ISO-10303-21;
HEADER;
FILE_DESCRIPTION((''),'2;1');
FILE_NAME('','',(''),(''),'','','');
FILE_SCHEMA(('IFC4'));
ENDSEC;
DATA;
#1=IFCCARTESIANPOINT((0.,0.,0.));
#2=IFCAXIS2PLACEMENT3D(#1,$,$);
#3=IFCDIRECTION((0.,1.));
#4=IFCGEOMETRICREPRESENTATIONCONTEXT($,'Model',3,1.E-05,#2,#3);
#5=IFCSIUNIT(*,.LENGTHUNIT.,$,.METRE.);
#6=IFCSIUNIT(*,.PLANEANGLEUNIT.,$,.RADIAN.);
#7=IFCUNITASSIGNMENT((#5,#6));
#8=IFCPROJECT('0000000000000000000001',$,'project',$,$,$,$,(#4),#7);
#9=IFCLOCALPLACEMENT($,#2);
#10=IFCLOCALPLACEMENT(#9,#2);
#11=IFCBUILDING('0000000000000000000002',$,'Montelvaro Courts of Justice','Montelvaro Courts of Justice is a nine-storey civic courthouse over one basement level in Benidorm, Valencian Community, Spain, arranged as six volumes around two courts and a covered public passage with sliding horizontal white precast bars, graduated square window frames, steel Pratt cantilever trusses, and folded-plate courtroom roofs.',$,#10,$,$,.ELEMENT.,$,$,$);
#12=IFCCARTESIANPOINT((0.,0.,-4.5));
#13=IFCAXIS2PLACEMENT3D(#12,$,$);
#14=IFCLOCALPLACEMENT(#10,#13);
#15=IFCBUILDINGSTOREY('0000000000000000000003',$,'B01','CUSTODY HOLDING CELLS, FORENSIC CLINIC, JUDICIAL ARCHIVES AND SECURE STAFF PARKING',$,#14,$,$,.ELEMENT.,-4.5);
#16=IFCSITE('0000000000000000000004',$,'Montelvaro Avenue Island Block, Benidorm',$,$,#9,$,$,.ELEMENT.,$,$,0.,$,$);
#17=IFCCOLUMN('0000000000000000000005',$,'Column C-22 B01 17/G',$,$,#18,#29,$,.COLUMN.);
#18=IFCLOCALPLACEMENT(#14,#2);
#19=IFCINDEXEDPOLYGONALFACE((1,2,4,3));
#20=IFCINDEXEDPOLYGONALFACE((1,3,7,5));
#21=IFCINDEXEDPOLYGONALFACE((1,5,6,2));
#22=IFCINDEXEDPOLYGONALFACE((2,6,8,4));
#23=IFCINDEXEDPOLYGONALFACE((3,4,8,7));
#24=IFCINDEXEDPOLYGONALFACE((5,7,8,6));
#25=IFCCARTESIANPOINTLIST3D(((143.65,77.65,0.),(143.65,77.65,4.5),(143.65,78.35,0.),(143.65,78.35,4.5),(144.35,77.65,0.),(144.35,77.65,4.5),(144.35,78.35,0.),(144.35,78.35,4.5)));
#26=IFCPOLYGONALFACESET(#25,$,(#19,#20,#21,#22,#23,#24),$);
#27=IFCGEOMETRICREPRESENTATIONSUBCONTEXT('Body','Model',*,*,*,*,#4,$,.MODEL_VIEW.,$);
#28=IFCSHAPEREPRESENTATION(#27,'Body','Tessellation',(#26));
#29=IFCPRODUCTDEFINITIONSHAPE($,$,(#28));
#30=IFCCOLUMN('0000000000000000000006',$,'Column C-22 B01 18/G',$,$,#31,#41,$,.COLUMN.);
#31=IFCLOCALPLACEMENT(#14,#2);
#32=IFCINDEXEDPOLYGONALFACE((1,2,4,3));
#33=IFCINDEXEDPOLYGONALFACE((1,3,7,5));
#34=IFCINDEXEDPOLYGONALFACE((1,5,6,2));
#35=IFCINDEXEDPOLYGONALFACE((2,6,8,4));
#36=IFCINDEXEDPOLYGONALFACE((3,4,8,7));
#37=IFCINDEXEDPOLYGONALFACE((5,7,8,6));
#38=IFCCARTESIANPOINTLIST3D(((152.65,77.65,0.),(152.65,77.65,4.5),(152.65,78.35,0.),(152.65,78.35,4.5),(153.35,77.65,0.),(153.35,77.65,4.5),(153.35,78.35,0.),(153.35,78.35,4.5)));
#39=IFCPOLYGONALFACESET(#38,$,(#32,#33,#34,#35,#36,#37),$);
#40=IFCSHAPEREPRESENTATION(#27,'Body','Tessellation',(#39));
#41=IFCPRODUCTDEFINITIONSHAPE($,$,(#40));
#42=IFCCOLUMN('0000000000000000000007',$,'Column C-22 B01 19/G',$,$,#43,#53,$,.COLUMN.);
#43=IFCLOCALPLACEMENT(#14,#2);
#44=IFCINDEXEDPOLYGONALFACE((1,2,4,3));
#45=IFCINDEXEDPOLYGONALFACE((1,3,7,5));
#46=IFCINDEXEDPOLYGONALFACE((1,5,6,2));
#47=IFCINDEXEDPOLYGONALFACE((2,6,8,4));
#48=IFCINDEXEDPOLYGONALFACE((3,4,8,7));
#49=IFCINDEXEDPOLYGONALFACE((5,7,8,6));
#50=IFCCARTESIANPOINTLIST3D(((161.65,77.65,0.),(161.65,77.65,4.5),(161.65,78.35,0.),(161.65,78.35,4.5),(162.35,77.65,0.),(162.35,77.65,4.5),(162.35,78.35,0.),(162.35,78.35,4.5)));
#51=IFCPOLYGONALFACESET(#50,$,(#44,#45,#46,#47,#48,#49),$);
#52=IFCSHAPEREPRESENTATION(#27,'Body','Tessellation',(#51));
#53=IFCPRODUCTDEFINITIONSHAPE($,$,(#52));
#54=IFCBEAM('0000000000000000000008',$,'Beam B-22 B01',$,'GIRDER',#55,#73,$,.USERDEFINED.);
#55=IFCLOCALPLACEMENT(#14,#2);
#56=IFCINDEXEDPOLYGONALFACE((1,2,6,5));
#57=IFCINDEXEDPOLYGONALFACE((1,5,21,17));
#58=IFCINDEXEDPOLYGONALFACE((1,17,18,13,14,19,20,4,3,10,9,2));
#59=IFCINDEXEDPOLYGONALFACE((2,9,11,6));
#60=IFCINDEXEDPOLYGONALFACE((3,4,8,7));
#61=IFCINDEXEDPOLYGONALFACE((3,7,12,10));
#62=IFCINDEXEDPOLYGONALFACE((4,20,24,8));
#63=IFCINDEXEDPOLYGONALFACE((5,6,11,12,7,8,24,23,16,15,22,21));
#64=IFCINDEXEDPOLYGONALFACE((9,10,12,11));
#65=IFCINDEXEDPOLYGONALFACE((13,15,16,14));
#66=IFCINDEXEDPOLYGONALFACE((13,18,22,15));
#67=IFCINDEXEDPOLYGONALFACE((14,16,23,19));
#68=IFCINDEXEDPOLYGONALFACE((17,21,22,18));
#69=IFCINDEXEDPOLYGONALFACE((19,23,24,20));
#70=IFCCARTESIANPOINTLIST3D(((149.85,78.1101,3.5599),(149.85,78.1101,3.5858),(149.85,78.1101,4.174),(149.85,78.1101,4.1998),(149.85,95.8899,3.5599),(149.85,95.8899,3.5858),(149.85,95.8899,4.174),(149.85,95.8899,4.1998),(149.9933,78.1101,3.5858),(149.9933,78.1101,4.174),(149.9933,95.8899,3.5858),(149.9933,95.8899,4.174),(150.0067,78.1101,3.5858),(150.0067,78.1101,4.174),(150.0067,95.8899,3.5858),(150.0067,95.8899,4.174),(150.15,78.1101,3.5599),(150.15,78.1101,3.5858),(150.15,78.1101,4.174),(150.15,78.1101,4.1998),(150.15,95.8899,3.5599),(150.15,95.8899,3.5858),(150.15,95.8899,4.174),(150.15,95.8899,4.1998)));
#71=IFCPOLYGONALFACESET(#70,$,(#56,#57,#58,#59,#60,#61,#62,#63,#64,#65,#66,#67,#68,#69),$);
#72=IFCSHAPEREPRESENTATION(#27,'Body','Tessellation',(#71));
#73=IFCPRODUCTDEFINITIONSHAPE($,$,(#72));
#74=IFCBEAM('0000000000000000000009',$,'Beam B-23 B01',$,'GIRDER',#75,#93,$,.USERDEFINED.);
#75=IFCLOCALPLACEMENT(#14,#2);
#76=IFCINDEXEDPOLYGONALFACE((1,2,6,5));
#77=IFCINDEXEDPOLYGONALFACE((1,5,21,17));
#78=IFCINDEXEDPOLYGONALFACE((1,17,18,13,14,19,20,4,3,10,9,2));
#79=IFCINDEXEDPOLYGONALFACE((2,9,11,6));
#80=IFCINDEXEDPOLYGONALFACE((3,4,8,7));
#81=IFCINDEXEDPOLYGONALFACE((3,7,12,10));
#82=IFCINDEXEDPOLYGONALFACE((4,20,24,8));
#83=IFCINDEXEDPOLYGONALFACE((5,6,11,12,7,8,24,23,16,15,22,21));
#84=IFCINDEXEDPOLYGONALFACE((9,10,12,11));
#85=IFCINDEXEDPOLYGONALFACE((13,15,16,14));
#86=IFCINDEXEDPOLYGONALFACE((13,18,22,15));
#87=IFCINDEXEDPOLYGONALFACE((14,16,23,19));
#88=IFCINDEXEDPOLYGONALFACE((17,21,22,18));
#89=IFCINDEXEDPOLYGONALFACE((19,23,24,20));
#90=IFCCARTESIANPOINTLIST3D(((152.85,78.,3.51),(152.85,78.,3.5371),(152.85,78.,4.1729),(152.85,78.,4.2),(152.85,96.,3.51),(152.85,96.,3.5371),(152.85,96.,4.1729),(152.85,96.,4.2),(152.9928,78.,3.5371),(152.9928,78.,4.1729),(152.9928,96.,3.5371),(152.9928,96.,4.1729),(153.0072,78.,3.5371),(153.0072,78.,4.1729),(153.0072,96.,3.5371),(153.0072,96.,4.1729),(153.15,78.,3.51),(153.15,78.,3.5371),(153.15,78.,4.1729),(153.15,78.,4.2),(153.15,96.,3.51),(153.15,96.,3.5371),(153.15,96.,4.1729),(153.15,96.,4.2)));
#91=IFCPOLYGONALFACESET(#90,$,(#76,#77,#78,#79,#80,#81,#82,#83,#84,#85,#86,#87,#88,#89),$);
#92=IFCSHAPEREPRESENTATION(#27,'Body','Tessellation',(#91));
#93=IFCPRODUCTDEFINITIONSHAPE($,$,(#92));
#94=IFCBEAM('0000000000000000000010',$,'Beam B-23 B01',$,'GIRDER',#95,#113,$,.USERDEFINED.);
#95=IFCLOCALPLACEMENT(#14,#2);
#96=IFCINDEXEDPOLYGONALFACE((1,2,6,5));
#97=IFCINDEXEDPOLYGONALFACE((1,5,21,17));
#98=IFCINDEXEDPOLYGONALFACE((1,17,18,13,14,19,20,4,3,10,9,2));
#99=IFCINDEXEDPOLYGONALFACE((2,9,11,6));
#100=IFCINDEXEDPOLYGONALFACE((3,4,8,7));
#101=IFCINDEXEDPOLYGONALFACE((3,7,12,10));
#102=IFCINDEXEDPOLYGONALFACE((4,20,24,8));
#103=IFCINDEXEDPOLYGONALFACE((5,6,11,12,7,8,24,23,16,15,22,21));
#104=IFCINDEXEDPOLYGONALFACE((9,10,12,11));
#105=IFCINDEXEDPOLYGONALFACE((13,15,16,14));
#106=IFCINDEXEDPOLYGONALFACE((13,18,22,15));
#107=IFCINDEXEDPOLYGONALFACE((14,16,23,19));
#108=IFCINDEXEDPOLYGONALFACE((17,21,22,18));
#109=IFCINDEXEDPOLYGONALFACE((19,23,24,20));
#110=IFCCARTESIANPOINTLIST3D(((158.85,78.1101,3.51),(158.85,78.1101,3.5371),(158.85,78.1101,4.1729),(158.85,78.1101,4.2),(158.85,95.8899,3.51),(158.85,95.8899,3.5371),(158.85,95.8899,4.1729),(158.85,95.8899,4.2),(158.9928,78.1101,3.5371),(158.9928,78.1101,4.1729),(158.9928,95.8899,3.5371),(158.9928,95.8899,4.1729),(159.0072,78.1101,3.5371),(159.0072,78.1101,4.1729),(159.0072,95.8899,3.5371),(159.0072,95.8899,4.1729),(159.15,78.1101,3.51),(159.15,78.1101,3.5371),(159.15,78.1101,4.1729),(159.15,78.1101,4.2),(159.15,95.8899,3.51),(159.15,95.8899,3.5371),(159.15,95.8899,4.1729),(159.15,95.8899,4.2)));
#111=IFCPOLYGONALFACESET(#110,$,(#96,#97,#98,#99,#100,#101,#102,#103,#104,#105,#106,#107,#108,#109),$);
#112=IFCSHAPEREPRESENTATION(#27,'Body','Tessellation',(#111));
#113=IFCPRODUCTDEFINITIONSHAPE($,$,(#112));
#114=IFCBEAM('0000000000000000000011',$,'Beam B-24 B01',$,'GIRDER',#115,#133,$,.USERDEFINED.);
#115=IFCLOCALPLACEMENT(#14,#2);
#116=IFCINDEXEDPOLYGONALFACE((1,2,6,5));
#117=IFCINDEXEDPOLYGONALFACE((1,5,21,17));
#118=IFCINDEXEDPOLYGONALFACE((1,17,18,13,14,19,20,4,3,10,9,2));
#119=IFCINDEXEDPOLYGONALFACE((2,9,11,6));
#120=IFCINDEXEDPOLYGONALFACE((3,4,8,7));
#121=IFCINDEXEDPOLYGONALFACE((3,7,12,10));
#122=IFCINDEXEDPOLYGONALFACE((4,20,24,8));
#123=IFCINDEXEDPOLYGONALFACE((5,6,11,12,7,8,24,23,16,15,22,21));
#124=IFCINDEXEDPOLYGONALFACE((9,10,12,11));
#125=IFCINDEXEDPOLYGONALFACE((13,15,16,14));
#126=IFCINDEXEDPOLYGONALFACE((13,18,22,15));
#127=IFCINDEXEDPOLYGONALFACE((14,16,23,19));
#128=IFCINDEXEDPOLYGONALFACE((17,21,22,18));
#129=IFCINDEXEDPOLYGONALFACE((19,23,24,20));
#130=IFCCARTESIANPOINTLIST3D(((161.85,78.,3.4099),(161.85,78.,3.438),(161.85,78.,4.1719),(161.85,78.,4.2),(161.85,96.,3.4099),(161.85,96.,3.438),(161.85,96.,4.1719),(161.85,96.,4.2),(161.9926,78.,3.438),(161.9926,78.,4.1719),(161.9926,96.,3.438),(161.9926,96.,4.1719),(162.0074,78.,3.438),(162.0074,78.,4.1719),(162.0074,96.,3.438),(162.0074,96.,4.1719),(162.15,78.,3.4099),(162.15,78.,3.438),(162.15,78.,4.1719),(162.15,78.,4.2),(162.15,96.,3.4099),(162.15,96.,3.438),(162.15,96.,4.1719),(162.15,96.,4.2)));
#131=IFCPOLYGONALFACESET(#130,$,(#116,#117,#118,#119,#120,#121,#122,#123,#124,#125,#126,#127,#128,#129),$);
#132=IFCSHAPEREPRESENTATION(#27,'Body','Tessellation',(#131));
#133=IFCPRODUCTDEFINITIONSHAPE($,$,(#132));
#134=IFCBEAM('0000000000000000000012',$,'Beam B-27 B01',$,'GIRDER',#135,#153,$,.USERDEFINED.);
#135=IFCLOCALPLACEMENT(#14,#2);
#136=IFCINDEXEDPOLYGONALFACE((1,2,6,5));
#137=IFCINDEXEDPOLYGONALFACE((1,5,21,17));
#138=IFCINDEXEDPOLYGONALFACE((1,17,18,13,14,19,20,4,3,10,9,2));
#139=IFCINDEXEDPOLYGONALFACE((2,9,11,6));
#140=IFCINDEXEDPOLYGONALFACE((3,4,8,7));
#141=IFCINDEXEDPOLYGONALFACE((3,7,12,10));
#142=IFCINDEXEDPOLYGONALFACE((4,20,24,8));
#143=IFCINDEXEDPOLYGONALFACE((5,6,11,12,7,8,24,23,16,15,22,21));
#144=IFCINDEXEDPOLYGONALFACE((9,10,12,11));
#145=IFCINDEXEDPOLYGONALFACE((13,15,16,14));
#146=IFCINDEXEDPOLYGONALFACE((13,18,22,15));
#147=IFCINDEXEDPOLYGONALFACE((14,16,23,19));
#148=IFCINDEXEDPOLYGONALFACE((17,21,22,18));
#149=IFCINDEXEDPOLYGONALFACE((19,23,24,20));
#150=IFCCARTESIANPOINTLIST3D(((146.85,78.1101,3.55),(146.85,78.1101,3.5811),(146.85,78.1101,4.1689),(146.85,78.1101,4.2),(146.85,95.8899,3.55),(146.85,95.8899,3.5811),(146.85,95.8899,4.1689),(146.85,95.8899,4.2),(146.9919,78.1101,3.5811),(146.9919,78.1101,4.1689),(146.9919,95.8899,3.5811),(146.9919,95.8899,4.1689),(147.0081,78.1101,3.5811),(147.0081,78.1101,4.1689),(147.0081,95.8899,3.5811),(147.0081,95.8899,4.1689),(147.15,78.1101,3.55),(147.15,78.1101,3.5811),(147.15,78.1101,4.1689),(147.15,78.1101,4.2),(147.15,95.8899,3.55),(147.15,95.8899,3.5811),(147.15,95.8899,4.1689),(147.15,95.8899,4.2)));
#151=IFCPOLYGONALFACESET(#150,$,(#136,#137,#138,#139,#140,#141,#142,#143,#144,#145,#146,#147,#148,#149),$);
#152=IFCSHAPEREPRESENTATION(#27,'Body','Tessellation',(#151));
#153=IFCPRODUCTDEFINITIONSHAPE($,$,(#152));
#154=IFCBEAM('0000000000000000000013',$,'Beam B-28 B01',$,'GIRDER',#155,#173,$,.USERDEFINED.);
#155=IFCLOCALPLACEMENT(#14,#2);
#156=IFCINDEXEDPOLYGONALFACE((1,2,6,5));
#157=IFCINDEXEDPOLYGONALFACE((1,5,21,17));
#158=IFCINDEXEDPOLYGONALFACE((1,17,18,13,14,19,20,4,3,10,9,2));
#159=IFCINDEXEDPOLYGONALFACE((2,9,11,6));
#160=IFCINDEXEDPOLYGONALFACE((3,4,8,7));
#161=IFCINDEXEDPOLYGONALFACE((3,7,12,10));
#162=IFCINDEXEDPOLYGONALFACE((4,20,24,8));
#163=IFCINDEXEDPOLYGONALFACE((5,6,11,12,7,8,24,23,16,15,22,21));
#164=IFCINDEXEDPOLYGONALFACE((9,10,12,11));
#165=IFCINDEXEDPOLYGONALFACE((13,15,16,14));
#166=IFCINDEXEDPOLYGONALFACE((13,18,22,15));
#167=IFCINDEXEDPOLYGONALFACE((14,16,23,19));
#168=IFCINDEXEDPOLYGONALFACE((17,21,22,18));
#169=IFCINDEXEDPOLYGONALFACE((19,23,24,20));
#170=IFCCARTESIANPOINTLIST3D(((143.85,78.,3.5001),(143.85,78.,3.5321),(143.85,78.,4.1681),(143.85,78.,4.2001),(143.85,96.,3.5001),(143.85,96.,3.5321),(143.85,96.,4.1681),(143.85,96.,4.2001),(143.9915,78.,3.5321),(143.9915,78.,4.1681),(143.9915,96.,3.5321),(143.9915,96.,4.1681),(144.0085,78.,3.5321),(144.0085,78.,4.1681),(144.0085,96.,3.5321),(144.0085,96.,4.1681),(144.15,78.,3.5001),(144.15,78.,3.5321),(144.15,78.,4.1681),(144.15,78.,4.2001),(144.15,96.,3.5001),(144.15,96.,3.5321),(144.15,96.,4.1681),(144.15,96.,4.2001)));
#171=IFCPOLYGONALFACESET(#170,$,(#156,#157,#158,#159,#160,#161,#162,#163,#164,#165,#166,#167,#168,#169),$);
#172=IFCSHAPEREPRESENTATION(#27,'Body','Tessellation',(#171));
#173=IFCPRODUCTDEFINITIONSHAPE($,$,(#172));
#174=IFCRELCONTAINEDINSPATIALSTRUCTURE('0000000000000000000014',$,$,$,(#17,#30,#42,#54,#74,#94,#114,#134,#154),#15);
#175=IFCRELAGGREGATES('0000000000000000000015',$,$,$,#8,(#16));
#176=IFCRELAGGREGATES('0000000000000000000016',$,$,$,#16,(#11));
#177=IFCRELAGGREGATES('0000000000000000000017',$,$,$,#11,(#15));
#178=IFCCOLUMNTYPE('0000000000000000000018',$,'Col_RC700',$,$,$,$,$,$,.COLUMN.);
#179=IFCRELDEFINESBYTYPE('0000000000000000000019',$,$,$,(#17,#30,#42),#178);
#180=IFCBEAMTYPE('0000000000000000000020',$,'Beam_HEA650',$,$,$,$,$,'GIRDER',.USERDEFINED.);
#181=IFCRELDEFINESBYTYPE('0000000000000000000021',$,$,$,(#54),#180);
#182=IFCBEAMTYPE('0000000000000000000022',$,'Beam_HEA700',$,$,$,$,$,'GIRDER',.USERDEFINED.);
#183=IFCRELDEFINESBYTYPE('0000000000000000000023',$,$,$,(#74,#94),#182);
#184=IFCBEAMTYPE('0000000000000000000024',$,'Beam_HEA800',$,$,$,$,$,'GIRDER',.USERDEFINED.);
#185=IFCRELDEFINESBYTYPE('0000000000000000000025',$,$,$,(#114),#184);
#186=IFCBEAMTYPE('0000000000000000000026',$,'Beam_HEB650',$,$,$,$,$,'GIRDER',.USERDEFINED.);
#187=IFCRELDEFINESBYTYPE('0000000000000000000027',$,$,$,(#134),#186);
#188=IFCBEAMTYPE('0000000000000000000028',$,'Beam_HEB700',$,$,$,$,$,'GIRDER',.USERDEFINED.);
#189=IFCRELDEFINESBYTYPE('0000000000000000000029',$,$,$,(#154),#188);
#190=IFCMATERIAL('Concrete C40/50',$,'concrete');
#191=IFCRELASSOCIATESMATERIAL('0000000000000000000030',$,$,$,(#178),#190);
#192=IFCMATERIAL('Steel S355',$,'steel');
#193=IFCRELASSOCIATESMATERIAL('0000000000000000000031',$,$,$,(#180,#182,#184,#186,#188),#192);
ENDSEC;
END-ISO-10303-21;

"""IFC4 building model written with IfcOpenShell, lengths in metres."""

from ifc_helpers import new_model, si_unit, direction, frame, origin, origin_2d, place, context, subcontext, project, spatial, rectangle, i_section, extrude, material, material_profile, profile_set, type_object, element, save


model = new_model("IFC4")

# Units and contexts
model_context = context("Model", 3, precision=1e-05, world=origin(), true_north=direction((0.0, 1.0)))
body_context = subcontext(model_context, "Body", "Model", "MODEL_VIEW")
ifc_project = project(units=[si_unit("LENGTHUNIT", "METRE"), si_unit("PLANEANGLEUNIT", "RADIAN")], contexts=[model_context])

# Site, building, storey
site_placement = place(None, origin())
site = spatial("IfcSite", under=ifc_project, at=site_placement, Name="Montelvaro Avenue Island Block, Benidorm", CompositionType="ELEMENT", RefElevation=0.0)
building_placement = place(site_placement, origin())
building = spatial("IfcBuilding", under=site, at=building_placement, Name="Montelvaro Courts of Justice", Description="Montelvaro Courts of Justice is a nine-storey civic courthouse over one basement level in Benidorm, Valencian Community, Spain, arranged as six volumes around two courts and a covered public passage with sliding horizontal white precast bars, graduated square window frames, steel Pratt cantilever trusses, and folded-plate courtroom roofs.", CompositionType="ELEMENT")
storey_placement = place(building_placement, frame((0.0, 0.0, -4.5)))
storey = spatial("IfcBuildingStorey", under=building, at=storey_placement, Name="B01", Description="CUSTODY HOLDING CELLS, FORENSIC CLINIC, JUDICIAL ARCHIVES AND SECURE STAFF PARKING", CompositionType="ELEMENT", Elevation=-4.5)

# Columns
ifc_material_1 = material(Name="Concrete C40/50", Category="concrete")
ifc_material_profile_1 = material_profile(ifc_material_1, rectangle(XDim=0.7, YDim=0.7, at=origin_2d()), Name="RC 700x700")
ifc_profile_set_1 = profile_set([ifc_material_profile_1], Name="Concrete C40/50")
column_type = type_object("IfcColumnType", Name="Col_RC700", PredefinedType="COLUMN", material=ifc_profile_set_1)
for number, where, z_axis, x_axis, name in (
    (1, (144.0, 78.0, 0.0), (0.0, 0.0, 1.0), (1.0, 0.0, 0.0), "Column C-22 B01 17/G"),
    (2, (153.0, 78.0, 0.0), (0.0, 0.0, 1.0), (1.0, 0.0, 0.0), "Column C-22 B01 18/G"),
    (3, (162.0, 78.0, 0.0), (0.0, 0.0, 1.0), (1.0, 0.0, 0.0), "Column C-22 B01 19/G"),
):
    element("IfcColumn", number, at=place(storey_placement, frame(where, z_axis=z_axis, x_axis=x_axis)), inside=storey, type_object=column_type, Name=name, PredefinedType="COLUMN", context=body_context, shape_type="SweptSolid", body=[
        extrude(rectangle(XDim=0.7, YDim=0.7, at=origin_2d()), origin(), (0.0, 0.0, 1.0), 4.5),
    ])

# Beams
ifc_material_2 = material(Name="Steel S355", Category="steel")
ifc_material_profile_2 = material_profile(ifc_material_2, i_section(OverallWidth=0.3, OverallDepth=0.6399, WebThickness=0.0134, FlangeThickness=0.0259, at=origin_2d()), Name="HEA 650")
ifc_profile_set_2 = profile_set([ifc_material_profile_2], Name="Steel S355")
beam_type_1 = type_object("IfcBeamType", Name="Beam_HEA650", ElementType="GIRDER", PredefinedType="USERDEFINED", material=ifc_profile_set_2)
beam_1_placement = place(storey_placement, frame((150.0, 78.1101, 3.8799), z_axis=(0.0, 1.0, 0.0), x_axis=(-1.0, 0.0, 0.0)))
element("IfcBeam", 4, at=beam_1_placement, inside=storey, type_object=beam_type_1, Name="Beam B-22 B01", ObjectType="GIRDER", PredefinedType="USERDEFINED", context=body_context, shape_type="SweptSolid", body=[
    extrude(i_section(OverallWidth=0.3, OverallDepth=0.6399, WebThickness=0.0134, FlangeThickness=0.0259, at=origin_2d()), origin(), (0.0, 0.0, 1.0), 17.7798),
])
ifc_material_profile_3 = material_profile(ifc_material_2, i_section(OverallWidth=0.3, OverallDepth=0.6899, WebThickness=0.0144, FlangeThickness=0.0271, at=origin_2d()), Name="HEA 700")
ifc_profile_set_3 = profile_set([ifc_material_profile_3], Name="Steel S355")
beam_type_2 = type_object("IfcBeamType", Name="Beam_HEA700", ElementType="GIRDER", PredefinedType="USERDEFINED", material=ifc_profile_set_3)
beam_2_placement = place(storey_placement, frame((153.0, 78.0, 3.855), z_axis=(0.0, 1.0, 0.0), x_axis=(-1.0, 0.0, 0.0)))
element("IfcBeam", 5, at=beam_2_placement, inside=storey, type_object=beam_type_2, Name="Beam B-23 B01", ObjectType="GIRDER", PredefinedType="USERDEFINED", context=body_context, shape_type="SweptSolid", body=[
    extrude(i_section(OverallWidth=0.3, OverallDepth=0.6899, WebThickness=0.0144, FlangeThickness=0.0271, at=origin_2d()), origin(), (0.0, 0.0, 1.0), 18.0),
])
beam_3_placement = place(storey_placement, frame((159.0, 78.1101, 3.855), z_axis=(0.0, 1.0, 0.0), x_axis=(-1.0, 0.0, 0.0)))
element("IfcBeam", 6, at=beam_3_placement, inside=storey, type_object=beam_type_2, Name="Beam B-23 B01", ObjectType="GIRDER", PredefinedType="USERDEFINED", context=body_context, shape_type="SweptSolid", body=[
    extrude(i_section(OverallWidth=0.3, OverallDepth=0.6899, WebThickness=0.0144, FlangeThickness=0.0271, at=origin_2d()), origin(), (0.0, 0.0, 1.0), 17.7798),
])
ifc_material_profile_4 = material_profile(ifc_material_2, i_section(OverallWidth=0.3, OverallDepth=0.79, WebThickness=0.0149, FlangeThickness=0.0281, at=origin_2d()), Name="HEA 800")
ifc_profile_set_4 = profile_set([ifc_material_profile_4], Name="Steel S355")
beam_type_3 = type_object("IfcBeamType", Name="Beam_HEA800", ElementType="GIRDER", PredefinedType="USERDEFINED", material=ifc_profile_set_4)
beam_4_placement = place(storey_placement, frame((162.0, 78.0, 3.8049), z_axis=(0.0, 1.0, 0.0), x_axis=(-1.0, 0.0, 0.0)))
element("IfcBeam", 7, at=beam_4_placement, inside=storey, type_object=beam_type_3, Name="Beam B-24 B01", ObjectType="GIRDER", PredefinedType="USERDEFINED", context=body_context, shape_type="SweptSolid", body=[
    extrude(i_section(OverallWidth=0.3, OverallDepth=0.79, WebThickness=0.0149, FlangeThickness=0.0281, at=origin_2d()), origin(), (0.0, 0.0, 1.0), 18.0),
])
ifc_material_profile_5 = material_profile(ifc_material_2, i_section(OverallWidth=0.3, OverallDepth=0.6499, WebThickness=0.0161, FlangeThickness=0.031, at=origin_2d()), Name="HEB 650")
ifc_profile_set_5 = profile_set([ifc_material_profile_5], Name="Steel S355")
beam_type_4 = type_object("IfcBeamType", Name="Beam_HEB650", ElementType="GIRDER", PredefinedType="USERDEFINED", material=ifc_profile_set_5)
beam_5_placement = place(storey_placement, frame((147.0, 78.1101, 3.875), z_axis=(0.0, 1.0, 0.0), x_axis=(-1.0, 0.0, 0.0)))
element("IfcBeam", 8, at=beam_5_placement, inside=storey, type_object=beam_type_4, Name="Beam B-27 B01", ObjectType="GIRDER", PredefinedType="USERDEFINED", context=body_context, shape_type="SweptSolid", body=[
    extrude(i_section(OverallWidth=0.3, OverallDepth=0.6499, WebThickness=0.0161, FlangeThickness=0.031, at=origin_2d()), origin(), (0.0, 0.0, 1.0), 17.7798),
])
ifc_material_profile_6 = material_profile(ifc_material_2, i_section(OverallWidth=0.3, OverallDepth=0.7, WebThickness=0.0171, FlangeThickness=0.032, at=origin_2d()), Name="HEB 700")
ifc_profile_set_6 = profile_set([ifc_material_profile_6], Name="Steel S355")
beam_type_5 = type_object("IfcBeamType", Name="Beam_HEB700", ElementType="GIRDER", PredefinedType="USERDEFINED", material=ifc_profile_set_6)
beam_6_placement = place(storey_placement, frame((144.0, 78.0, 3.8501), z_axis=(0.0, 1.0, 0.0), x_axis=(-1.0, 0.0, 0.0)))
element("IfcBeam", 9, at=beam_6_placement, inside=storey, type_object=beam_type_5, Name="Beam B-28 B01", ObjectType="GIRDER", PredefinedType="USERDEFINED", context=body_context, shape_type="SweptSolid", body=[
    extrude(i_section(OverallWidth=0.3, OverallDepth=0.7, WebThickness=0.0171, FlangeThickness=0.032, at=origin_2d()), origin(), (0.0, 0.0, 1.0), 18.0),
])

save(model, "model.ifc")
